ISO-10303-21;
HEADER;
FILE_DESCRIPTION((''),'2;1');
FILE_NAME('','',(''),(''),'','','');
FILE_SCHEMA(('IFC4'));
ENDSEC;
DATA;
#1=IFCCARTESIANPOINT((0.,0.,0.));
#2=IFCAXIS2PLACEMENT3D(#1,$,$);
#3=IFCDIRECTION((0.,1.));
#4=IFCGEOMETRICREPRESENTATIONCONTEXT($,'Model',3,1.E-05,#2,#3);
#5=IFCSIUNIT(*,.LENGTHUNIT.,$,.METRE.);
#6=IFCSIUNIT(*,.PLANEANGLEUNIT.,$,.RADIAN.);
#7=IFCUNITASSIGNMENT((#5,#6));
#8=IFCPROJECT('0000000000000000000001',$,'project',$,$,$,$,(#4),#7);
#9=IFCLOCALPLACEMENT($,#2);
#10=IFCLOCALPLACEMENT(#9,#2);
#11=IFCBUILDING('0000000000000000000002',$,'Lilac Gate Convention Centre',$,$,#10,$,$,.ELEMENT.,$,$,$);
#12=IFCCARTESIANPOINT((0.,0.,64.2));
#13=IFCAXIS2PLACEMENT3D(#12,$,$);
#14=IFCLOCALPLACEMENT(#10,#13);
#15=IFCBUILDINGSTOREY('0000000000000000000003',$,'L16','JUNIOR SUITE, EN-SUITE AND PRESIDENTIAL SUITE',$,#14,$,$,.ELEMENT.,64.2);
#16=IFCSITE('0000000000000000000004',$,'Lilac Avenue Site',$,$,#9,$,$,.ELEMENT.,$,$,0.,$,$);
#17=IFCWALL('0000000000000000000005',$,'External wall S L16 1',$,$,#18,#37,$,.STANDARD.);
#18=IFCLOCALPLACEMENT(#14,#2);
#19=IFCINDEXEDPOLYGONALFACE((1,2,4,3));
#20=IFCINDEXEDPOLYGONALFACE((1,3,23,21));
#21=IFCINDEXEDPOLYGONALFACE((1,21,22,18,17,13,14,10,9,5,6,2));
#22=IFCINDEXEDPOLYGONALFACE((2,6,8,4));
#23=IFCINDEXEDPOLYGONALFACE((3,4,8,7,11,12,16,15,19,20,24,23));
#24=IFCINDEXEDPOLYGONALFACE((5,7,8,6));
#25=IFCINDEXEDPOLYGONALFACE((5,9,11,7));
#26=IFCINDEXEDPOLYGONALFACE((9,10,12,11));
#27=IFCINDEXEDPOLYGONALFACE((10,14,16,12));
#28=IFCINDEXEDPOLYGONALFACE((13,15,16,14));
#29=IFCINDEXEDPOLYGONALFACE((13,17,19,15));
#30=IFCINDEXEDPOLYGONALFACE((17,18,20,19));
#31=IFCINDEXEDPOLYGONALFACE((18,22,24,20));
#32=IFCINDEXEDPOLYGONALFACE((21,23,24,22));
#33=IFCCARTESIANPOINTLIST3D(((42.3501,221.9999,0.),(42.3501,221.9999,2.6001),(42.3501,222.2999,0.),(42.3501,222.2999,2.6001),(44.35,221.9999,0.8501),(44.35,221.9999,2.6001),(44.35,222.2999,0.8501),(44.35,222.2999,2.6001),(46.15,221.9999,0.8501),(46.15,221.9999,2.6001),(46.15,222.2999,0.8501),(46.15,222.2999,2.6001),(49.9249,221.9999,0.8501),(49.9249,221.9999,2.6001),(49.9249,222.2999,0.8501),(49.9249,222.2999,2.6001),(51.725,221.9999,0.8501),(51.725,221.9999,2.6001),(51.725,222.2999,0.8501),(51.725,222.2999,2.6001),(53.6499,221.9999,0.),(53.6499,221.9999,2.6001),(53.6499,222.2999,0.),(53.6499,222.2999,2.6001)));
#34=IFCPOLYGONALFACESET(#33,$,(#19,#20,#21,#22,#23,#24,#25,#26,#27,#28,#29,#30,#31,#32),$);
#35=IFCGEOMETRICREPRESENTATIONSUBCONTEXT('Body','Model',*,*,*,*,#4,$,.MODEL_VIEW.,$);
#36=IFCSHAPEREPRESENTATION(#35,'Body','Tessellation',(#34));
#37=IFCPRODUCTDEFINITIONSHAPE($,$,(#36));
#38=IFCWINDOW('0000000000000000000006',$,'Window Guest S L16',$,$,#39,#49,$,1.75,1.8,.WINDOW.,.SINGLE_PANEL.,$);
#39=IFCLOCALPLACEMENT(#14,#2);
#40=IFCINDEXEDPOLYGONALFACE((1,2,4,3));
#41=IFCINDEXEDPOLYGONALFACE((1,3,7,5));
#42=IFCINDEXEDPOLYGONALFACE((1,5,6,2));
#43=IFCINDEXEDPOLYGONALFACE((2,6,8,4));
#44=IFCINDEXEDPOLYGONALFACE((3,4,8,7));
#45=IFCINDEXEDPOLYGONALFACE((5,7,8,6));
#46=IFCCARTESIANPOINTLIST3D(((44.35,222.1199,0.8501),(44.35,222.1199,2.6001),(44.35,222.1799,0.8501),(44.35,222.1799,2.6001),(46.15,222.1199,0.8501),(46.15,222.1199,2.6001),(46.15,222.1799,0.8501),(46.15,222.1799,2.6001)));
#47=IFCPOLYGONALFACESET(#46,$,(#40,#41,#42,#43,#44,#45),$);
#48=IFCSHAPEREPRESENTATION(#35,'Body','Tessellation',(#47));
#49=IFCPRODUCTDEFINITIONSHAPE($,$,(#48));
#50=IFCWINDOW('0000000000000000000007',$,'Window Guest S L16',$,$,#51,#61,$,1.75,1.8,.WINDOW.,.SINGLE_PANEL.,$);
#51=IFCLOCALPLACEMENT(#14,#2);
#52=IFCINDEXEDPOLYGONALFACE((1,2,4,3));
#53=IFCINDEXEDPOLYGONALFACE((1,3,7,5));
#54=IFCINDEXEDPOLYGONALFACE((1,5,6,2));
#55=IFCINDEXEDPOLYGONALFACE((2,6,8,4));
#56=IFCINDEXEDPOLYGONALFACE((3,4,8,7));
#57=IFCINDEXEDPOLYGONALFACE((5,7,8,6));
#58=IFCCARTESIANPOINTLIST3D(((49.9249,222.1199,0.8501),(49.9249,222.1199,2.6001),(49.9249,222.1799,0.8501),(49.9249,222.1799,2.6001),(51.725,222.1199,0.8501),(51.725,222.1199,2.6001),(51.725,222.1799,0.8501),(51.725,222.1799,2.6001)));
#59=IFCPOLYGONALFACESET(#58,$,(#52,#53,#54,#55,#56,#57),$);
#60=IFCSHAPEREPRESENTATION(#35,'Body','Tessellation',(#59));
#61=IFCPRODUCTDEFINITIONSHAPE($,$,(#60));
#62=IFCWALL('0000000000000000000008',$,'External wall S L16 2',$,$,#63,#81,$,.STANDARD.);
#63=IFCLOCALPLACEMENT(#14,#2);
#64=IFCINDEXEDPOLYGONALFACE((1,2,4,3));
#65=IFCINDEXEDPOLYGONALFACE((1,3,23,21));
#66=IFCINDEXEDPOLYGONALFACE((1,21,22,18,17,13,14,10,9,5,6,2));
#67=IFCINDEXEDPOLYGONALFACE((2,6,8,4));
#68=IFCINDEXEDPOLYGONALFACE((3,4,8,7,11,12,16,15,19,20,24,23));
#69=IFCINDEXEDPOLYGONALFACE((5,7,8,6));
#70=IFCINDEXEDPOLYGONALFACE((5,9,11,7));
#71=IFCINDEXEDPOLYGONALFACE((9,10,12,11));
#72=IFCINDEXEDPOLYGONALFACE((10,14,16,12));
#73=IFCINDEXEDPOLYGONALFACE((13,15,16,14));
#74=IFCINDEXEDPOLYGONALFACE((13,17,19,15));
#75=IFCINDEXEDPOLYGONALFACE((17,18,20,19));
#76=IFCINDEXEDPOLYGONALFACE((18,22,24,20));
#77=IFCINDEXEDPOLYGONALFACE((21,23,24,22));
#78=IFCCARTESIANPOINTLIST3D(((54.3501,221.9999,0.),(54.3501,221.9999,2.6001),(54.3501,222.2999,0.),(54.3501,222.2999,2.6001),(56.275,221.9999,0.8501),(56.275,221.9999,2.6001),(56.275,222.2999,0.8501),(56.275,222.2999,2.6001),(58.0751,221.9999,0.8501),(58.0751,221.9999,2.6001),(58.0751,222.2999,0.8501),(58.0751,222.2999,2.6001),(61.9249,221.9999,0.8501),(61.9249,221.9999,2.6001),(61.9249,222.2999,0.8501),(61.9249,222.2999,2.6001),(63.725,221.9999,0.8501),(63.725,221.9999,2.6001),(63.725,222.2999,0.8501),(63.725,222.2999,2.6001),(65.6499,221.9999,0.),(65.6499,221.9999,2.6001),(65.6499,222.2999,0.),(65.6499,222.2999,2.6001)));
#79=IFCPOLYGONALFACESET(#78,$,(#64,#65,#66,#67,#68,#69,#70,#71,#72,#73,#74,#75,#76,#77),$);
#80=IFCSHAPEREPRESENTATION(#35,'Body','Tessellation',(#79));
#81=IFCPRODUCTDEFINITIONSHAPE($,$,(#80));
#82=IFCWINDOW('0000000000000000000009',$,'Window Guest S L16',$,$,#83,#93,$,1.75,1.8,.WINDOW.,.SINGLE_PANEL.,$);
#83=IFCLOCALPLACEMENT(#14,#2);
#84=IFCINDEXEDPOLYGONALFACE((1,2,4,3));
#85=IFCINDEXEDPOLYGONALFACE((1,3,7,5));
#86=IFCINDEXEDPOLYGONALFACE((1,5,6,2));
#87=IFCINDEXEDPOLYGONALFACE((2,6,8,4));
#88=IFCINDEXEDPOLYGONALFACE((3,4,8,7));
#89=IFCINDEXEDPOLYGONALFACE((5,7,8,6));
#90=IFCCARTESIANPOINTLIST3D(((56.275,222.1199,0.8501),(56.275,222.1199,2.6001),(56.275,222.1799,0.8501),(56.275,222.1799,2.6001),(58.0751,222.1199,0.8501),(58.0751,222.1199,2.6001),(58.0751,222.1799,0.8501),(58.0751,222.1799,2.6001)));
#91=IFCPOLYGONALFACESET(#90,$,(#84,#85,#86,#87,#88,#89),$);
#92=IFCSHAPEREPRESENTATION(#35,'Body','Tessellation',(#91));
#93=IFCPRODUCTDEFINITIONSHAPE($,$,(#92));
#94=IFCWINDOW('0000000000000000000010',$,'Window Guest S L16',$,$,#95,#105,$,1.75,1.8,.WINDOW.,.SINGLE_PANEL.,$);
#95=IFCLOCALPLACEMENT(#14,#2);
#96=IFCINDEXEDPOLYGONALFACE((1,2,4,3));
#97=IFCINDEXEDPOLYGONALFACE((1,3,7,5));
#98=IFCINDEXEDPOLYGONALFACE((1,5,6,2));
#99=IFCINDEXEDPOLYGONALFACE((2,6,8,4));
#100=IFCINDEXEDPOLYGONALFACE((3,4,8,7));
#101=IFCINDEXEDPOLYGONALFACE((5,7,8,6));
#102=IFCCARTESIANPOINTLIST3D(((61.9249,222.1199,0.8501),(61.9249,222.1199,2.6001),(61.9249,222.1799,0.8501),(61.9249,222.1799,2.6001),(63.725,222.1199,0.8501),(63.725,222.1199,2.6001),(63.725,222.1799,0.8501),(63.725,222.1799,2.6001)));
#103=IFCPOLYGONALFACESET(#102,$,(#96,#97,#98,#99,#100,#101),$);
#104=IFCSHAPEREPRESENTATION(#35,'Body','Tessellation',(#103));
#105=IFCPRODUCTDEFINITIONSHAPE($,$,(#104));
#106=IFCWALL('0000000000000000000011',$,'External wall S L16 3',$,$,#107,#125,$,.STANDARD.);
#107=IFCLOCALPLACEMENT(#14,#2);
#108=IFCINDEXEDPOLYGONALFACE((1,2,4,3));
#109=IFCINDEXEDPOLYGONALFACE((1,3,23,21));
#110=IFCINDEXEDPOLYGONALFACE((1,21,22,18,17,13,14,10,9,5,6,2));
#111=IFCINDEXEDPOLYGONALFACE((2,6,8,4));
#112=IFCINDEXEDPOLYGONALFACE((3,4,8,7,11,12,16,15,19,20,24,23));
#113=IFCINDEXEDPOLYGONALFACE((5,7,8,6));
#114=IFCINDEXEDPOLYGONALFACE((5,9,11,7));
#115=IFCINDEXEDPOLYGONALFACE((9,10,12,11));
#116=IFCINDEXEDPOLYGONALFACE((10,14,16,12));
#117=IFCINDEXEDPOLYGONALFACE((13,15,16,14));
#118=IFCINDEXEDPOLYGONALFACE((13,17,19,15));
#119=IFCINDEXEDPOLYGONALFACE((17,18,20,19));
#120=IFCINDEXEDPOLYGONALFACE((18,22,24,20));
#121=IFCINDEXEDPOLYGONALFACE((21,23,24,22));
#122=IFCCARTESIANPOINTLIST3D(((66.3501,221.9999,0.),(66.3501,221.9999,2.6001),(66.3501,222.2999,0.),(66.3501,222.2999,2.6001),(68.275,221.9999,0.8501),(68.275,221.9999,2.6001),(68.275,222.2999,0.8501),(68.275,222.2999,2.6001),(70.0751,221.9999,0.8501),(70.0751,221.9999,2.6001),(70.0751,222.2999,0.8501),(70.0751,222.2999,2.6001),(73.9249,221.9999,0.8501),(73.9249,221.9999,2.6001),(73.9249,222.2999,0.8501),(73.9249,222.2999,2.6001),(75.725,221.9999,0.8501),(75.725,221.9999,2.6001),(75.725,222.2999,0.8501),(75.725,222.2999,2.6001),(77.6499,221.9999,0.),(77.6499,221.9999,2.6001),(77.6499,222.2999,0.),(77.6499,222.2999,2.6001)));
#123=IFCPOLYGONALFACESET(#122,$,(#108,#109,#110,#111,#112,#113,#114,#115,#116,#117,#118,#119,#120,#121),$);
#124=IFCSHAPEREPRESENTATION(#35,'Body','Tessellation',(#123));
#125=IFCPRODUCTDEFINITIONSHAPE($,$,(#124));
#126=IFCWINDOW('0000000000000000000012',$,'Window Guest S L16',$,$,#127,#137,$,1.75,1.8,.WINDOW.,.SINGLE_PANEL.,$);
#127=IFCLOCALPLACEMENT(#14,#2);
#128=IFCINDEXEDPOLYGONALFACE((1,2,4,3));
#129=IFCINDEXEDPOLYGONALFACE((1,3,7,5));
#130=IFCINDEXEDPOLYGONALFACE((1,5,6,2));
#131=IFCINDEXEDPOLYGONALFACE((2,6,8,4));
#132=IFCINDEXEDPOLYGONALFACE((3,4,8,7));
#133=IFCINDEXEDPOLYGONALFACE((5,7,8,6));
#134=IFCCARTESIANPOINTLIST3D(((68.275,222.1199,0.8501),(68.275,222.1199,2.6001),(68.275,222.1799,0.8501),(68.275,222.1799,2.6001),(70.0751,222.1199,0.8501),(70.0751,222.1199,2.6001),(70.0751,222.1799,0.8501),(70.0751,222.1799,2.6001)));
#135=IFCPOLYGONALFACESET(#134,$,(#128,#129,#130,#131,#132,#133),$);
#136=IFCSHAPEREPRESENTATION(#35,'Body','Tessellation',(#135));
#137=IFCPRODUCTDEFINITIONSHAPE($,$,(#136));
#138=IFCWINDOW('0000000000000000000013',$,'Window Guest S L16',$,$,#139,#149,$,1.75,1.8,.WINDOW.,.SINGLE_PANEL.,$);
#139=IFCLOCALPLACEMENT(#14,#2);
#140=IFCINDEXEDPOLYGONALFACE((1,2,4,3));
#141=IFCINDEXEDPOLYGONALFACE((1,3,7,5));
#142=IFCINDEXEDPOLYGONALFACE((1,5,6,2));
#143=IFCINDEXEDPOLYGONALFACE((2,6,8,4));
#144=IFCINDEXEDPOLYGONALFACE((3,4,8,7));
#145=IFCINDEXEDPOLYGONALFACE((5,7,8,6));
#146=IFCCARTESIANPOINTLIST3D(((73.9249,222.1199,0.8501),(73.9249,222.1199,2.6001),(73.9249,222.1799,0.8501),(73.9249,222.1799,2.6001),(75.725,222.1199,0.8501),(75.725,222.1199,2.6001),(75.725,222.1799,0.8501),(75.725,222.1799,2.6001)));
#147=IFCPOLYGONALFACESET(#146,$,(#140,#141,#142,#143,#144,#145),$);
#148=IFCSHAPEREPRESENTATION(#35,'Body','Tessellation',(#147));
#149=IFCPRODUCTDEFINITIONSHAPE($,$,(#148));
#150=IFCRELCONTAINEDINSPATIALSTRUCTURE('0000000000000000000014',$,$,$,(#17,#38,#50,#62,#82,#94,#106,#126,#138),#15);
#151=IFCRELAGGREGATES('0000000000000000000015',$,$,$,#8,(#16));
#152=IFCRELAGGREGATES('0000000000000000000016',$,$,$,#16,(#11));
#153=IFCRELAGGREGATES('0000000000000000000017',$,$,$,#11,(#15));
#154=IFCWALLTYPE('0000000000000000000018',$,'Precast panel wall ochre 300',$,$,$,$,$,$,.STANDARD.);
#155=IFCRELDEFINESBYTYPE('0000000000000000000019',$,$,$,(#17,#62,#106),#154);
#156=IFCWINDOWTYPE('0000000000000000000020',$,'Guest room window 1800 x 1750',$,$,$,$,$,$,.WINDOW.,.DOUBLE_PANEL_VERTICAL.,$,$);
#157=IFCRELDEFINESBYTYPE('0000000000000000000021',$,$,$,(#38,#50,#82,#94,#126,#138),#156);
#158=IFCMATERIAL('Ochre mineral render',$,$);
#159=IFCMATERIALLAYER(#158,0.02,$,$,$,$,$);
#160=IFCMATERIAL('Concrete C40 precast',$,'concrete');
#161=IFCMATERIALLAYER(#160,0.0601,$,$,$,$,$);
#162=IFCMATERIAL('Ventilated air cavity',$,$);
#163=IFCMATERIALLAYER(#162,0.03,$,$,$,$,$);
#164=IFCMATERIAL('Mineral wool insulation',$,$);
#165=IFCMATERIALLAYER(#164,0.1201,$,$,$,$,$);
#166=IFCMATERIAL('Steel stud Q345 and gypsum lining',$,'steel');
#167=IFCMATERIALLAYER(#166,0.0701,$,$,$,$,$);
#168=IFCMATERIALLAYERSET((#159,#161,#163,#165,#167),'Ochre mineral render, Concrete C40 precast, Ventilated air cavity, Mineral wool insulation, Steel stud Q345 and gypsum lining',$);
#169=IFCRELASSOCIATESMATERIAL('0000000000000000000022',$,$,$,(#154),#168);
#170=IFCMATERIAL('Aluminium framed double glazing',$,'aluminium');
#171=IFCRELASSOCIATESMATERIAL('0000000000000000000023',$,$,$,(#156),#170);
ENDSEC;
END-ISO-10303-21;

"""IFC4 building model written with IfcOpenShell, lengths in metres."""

from ifc_helpers import new_model, si_unit, direction, frame, frame_2d, origin, place, context, subcontext, project, spatial, rectangle, extrude, material, layer, layer_set, type_object, element, fill, save


model = new_model("IFC4")

# Units and contexts
model_context = context("Model", 3, precision=1e-05, world=origin(), true_north=direction((0.0, 1.0)))
body_context = subcontext(model_context, "Body", "Model", "MODEL_VIEW")
ifc_project = project(units=[si_unit("LENGTHUNIT", "METRE"), si_unit("PLANEANGLEUNIT", "RADIAN")], contexts=[model_context])

# Site, building, storey
site_placement = place(None, origin())
site = spatial("IfcSite", under=ifc_project, at=site_placement, Name="Lilac Avenue Site", CompositionType="ELEMENT", RefElevation=0.0)
building_placement = place(site_placement, origin())
building = spatial("IfcBuilding", under=site, at=building_placement, Name="Lilac Gate Convention Centre", CompositionType="ELEMENT")
storey_placement = place(building_placement, frame((0.0, 0.0, 64.2)))
storey = spatial("IfcBuildingStorey", under=building, at=storey_placement, Name="L16", Description="JUNIOR SUITE, EN-SUITE AND PRESIDENTIAL SUITE", CompositionType="ELEMENT", Elevation=64.2)

# Shared definitions
ifc_material_1 = material(Name="Concrete C40 precast", Category="concrete")

# Walls, openings, windows
ifc_material_2 = material(Name="Ochre mineral render")
ifc_layer_1 = layer(ifc_material_2, 0.02)
ifc_layer_2 = layer(ifc_material_1, 0.0601)
ifc_material_3 = material(Name="Ventilated air cavity")
ifc_layer_3 = layer(ifc_material_3, 0.03)
ifc_material_4 = material(Name="Mineral wool insulation")
ifc_layer_4 = layer(ifc_material_4, 0.1201)
ifc_material_5 = material(Name="Steel stud Q345 and gypsum lining", Category="steel")
ifc_layer_5 = layer(ifc_material_5, 0.0701)
ifc_layer_set_1 = layer_set([ifc_layer_1, ifc_layer_2, ifc_layer_3, ifc_layer_4, ifc_layer_5], Name="Ochre mineral render, Concrete C40 precast, Ventilated air cavity, Mineral wool insulation, Steel stud Q345 and gypsum lining")
wall_type_1 = type_object("IfcWallType", Name="Precast panel wall ochre 300", PredefinedType="STANDARD", material=ifc_layer_set_1)
wall_1_placement = place(storey_placement, frame((42.3501, 222.1499, 0.0), z_axis=(0.0, 0.0, 1.0), x_axis=(1.0, 0.0, 0.0)))
wall_1 = element("IfcWall", 1, at=wall_1_placement, inside=storey, type_object=wall_type_1, Name="External wall S L16 1", PredefinedType="STANDARD", context=body_context, shape_type="SweptSolid", body=[
    extrude(rectangle(XDim=11.2998, YDim=0.3, at=frame_2d((5.6499, 0.0))), origin(), (0.0, 0.0, 1.0), 2.6001),
])
opening_1_placement = place(wall_1_placement, frame((2.0, 0.0, 0.8501)))
opening_1 = element("IfcOpeningElement", 2, at=opening_1_placement, cuts=wall_1, PredefinedType="OPENING", context=body_context, shape_type="SweptSolid", body=[
    extrude(rectangle(XDim=1.8, YDim=1.75, at=frame_2d((0.8999, 0.875))), frame((0.0, 0.1599, 0.0), z_axis=(0.0, -1.0, 0.0), x_axis=(1.0, 0.0, 0.0)), (0.0, 0.0, 1.0), 0.3201),
])
opening_2_placement = place(wall_1_placement, frame((7.575, 0.0, 0.8501)))
opening_2 = element("IfcOpeningElement", 3, at=opening_2_placement, cuts=wall_1, PredefinedType="OPENING", context=body_context, shape_type="SweptSolid", body=[
    extrude(rectangle(XDim=1.8, YDim=1.75, at=frame_2d((0.8999, 0.875))), frame((0.0, 0.1599, 0.0), z_axis=(0.0, -1.0, 0.0), x_axis=(1.0, 0.0, 0.0)), (0.0, 0.0, 1.0), 0.3201),
])
ifc_material_6 = material(Name="Aluminium framed double glazing", Category="aluminium")
window_type = type_object("IfcWindowType", Name="Guest room window 1800 x 1750", PartitioningType="DOUBLE_PANEL_VERTICAL", PredefinedType="WINDOW", material=ifc_material_6)
window_1_placement = place(opening_1_placement, origin())
window_1 = element("IfcWindow", 4, at=window_1_placement, inside=storey, type_object=window_type, Name="Window Guest S L16", OverallHeight=1.75, OverallWidth=1.8, PartitioningType="SINGLE_PANEL", PredefinedType="WINDOW", context=body_context, shape_type="SweptSolid", body=[
    extrude(rectangle(XDim=1.8, YDim=1.75, at=frame_2d((0.8999, 0.875))), frame((0.0, 0.03, 0.0), z_axis=(0.0, -1.0, 0.0), x_axis=(1.0, 0.0, 0.0)), (0.0, 0.0, 1.0), 0.0601),
])
fill(opening_1, window_1)
window_2_placement = place(opening_2_placement, origin())
window_2 = element("IfcWindow", 5, at=window_2_placement, inside=storey, type_object=window_type, Name="Window Guest S L16", OverallHeight=1.75, OverallWidth=1.8, PartitioningType="SINGLE_PANEL", PredefinedType="WINDOW", context=body_context, shape_type="SweptSolid", body=[
    extrude(rectangle(XDim=1.8, YDim=1.75, at=frame_2d((0.8999, 0.875))), frame((0.0, 0.03, 0.0), z_axis=(0.0, -1.0, 0.0), x_axis=(1.0, 0.0, 0.0)), (0.0, 0.0, 1.0), 0.0601),
])
fill(opening_2, window_2)
wall_2_placement = place(storey_placement, frame((54.3501, 222.1499, 0.0), z_axis=(0.0, 0.0, 1.0), x_axis=(1.0, 0.0, 0.0)))
wall_2 = element("IfcWall", 6, at=wall_2_placement, inside=storey, type_object=wall_type_1, Name="External wall S L16 2", PredefinedType="STANDARD", context=body_context, shape_type="SweptSolid", body=[
    extrude(rectangle(XDim=11.2998, YDim=0.3, at=frame_2d((5.6499, 0.0))), origin(), (0.0, 0.0, 1.0), 2.6001),
])
opening_3_placement = place(wall_2_placement, frame((1.925, 0.0, 0.8501)))
opening_3 = element("IfcOpeningElement", 7, at=opening_3_placement, cuts=wall_2, PredefinedType="OPENING", context=body_context, shape_type="SweptSolid", body=[
    extrude(rectangle(XDim=1.8, YDim=1.75, at=frame_2d((0.8999, 0.875))), frame((0.0, 0.1599, 0.0), z_axis=(0.0, -1.0, 0.0), x_axis=(1.0, 0.0, 0.0)), (0.0, 0.0, 1.0), 0.3201),
])
opening_4_placement = place(wall_2_placement, frame((7.575, 0.0, 0.8501)))
opening_4 = element("IfcOpeningElement", 8, at=opening_4_placement, cuts=wall_2, PredefinedType="OPENING", context=body_context, shape_type="SweptSolid", body=[
    extrude(rectangle(XDim=1.8, YDim=1.75, at=frame_2d((0.8999, 0.875))), frame((0.0, 0.1599, 0.0), z_axis=(0.0, -1.0, 0.0), x_axis=(1.0, 0.0, 0.0)), (0.0, 0.0, 1.0), 0.3201),
])
window_3_placement = place(opening_3_placement, origin())
window_3 = element("IfcWindow", 9, at=window_3_placement, inside=storey, type_object=window_type, Name="Window Guest S L16", OverallHeight=1.75, OverallWidth=1.8, PartitioningType="SINGLE_PANEL", PredefinedType="WINDOW", context=body_context, shape_type="SweptSolid", body=[
    extrude(rectangle(XDim=1.8, YDim=1.75, at=frame_2d((0.8999, 0.875))), frame((0.0, 0.03, 0.0), z_axis=(0.0, -1.0, 0.0), x_axis=(1.0, 0.0, 0.0)), (0.0, 0.0, 1.0), 0.0601),
])
fill(opening_3, window_3)
window_4_placement = place(opening_4_placement, origin())
window_4 = element("IfcWindow", 10, at=window_4_placement, inside=storey, type_object=window_type, Name="Window Guest S L16", OverallHeight=1.75, OverallWidth=1.8, PartitioningType="SINGLE_PANEL", PredefinedType="WINDOW", context=body_context, shape_type="SweptSolid", body=[
    extrude(rectangle(XDim=1.8, YDim=1.75, at=frame_2d((0.8999, 0.875))), frame((0.0, 0.03, 0.0), z_axis=(0.0, -1.0, 0.0), x_axis=(1.0, 0.0, 0.0)), (0.0, 0.0, 1.0), 0.0601),
])
fill(opening_4, window_4)
wall_3_placement = place(storey_placement, frame((66.3501, 222.1499, 0.0), z_axis=(0.0, 0.0, 1.0), x_axis=(1.0, 0.0, 0.0)))
wall_3 = element("IfcWall", 11, at=wall_3_placement, inside=storey, type_object=wall_type_1, Name="External wall S L16 3", PredefinedType="STANDARD", context=body_context, shape_type="SweptSolid", body=[
    extrude(rectangle(XDim=11.2998, YDim=0.3, at=frame_2d((5.6499, 0.0))), origin(), (0.0, 0.0, 1.0), 2.6001),
])
opening_5_placement = place(wall_3_placement, frame((1.925, 0.0, 0.8501)))
opening_5 = element("IfcOpeningElement", 12, at=opening_5_placement, cuts=wall_3, PredefinedType="OPENING", context=body_context, shape_type="SweptSolid", body=[
    extrude(rectangle(XDim=1.8, YDim=1.75, at=frame_2d((0.8999, 0.875))), frame((0.0, 0.1599, 0.0), z_axis=(0.0, -1.0, 0.0), x_axis=(1.0, 0.0, 0.0)), (0.0, 0.0, 1.0), 0.3201),
])
opening_6_placement = place(wall_3_placement, frame((7.575, 0.0, 0.8501)))
opening_6 = element("IfcOpeningElement", 13, at=opening_6_placement, cuts=wall_3, PredefinedType="OPENING", context=body_context, shape_type="SweptSolid", body=[
    extrude(rectangle(XDim=1.8, YDim=1.75, at=frame_2d((0.8999, 0.875))), frame((0.0, 0.1599, 0.0), z_axis=(0.0, -1.0, 0.0), x_axis=(1.0, 0.0, 0.0)), (0.0, 0.0, 1.0), 0.3201),
])
window_5_placement = place(opening_5_placement, origin())
window_5 = element("IfcWindow", 14, at=window_5_placement, inside=storey, type_object=window_type, Name="Window Guest S L16", OverallHeight=1.75, OverallWidth=1.8, PartitioningType="SINGLE_PANEL", PredefinedType="WINDOW", context=body_context, shape_type="SweptSolid", body=[
    extrude(rectangle(XDim=1.8, YDim=1.75, at=frame_2d((0.8999, 0.875))), frame((0.0, 0.03, 0.0), z_axis=(0.0, -1.0, 0.0), x_axis=(1.0, 0.0, 0.0)), (0.0, 0.0, 1.0), 0.0601),
])
fill(opening_5, window_5)
window_6_placement = place(opening_6_placement, origin())
window_6 = element("IfcWindow", 15, at=window_6_placement, inside=storey, type_object=window_type, Name="Window Guest S L16", OverallHeight=1.75, OverallWidth=1.8, PartitioningType="SINGLE_PANEL", PredefinedType="WINDOW", context=body_context, shape_type="SweptSolid", body=[
    extrude(rectangle(XDim=1.8, YDim=1.75, at=frame_2d((0.8999, 0.875))), frame((0.0, 0.03, 0.0), z_axis=(0.0, -1.0, 0.0), x_axis=(1.0, 0.0, 0.0)), (0.0, 0.0, 1.0), 0.0601),
])
fill(opening_6, window_6)

save(model, "model.ifc")
